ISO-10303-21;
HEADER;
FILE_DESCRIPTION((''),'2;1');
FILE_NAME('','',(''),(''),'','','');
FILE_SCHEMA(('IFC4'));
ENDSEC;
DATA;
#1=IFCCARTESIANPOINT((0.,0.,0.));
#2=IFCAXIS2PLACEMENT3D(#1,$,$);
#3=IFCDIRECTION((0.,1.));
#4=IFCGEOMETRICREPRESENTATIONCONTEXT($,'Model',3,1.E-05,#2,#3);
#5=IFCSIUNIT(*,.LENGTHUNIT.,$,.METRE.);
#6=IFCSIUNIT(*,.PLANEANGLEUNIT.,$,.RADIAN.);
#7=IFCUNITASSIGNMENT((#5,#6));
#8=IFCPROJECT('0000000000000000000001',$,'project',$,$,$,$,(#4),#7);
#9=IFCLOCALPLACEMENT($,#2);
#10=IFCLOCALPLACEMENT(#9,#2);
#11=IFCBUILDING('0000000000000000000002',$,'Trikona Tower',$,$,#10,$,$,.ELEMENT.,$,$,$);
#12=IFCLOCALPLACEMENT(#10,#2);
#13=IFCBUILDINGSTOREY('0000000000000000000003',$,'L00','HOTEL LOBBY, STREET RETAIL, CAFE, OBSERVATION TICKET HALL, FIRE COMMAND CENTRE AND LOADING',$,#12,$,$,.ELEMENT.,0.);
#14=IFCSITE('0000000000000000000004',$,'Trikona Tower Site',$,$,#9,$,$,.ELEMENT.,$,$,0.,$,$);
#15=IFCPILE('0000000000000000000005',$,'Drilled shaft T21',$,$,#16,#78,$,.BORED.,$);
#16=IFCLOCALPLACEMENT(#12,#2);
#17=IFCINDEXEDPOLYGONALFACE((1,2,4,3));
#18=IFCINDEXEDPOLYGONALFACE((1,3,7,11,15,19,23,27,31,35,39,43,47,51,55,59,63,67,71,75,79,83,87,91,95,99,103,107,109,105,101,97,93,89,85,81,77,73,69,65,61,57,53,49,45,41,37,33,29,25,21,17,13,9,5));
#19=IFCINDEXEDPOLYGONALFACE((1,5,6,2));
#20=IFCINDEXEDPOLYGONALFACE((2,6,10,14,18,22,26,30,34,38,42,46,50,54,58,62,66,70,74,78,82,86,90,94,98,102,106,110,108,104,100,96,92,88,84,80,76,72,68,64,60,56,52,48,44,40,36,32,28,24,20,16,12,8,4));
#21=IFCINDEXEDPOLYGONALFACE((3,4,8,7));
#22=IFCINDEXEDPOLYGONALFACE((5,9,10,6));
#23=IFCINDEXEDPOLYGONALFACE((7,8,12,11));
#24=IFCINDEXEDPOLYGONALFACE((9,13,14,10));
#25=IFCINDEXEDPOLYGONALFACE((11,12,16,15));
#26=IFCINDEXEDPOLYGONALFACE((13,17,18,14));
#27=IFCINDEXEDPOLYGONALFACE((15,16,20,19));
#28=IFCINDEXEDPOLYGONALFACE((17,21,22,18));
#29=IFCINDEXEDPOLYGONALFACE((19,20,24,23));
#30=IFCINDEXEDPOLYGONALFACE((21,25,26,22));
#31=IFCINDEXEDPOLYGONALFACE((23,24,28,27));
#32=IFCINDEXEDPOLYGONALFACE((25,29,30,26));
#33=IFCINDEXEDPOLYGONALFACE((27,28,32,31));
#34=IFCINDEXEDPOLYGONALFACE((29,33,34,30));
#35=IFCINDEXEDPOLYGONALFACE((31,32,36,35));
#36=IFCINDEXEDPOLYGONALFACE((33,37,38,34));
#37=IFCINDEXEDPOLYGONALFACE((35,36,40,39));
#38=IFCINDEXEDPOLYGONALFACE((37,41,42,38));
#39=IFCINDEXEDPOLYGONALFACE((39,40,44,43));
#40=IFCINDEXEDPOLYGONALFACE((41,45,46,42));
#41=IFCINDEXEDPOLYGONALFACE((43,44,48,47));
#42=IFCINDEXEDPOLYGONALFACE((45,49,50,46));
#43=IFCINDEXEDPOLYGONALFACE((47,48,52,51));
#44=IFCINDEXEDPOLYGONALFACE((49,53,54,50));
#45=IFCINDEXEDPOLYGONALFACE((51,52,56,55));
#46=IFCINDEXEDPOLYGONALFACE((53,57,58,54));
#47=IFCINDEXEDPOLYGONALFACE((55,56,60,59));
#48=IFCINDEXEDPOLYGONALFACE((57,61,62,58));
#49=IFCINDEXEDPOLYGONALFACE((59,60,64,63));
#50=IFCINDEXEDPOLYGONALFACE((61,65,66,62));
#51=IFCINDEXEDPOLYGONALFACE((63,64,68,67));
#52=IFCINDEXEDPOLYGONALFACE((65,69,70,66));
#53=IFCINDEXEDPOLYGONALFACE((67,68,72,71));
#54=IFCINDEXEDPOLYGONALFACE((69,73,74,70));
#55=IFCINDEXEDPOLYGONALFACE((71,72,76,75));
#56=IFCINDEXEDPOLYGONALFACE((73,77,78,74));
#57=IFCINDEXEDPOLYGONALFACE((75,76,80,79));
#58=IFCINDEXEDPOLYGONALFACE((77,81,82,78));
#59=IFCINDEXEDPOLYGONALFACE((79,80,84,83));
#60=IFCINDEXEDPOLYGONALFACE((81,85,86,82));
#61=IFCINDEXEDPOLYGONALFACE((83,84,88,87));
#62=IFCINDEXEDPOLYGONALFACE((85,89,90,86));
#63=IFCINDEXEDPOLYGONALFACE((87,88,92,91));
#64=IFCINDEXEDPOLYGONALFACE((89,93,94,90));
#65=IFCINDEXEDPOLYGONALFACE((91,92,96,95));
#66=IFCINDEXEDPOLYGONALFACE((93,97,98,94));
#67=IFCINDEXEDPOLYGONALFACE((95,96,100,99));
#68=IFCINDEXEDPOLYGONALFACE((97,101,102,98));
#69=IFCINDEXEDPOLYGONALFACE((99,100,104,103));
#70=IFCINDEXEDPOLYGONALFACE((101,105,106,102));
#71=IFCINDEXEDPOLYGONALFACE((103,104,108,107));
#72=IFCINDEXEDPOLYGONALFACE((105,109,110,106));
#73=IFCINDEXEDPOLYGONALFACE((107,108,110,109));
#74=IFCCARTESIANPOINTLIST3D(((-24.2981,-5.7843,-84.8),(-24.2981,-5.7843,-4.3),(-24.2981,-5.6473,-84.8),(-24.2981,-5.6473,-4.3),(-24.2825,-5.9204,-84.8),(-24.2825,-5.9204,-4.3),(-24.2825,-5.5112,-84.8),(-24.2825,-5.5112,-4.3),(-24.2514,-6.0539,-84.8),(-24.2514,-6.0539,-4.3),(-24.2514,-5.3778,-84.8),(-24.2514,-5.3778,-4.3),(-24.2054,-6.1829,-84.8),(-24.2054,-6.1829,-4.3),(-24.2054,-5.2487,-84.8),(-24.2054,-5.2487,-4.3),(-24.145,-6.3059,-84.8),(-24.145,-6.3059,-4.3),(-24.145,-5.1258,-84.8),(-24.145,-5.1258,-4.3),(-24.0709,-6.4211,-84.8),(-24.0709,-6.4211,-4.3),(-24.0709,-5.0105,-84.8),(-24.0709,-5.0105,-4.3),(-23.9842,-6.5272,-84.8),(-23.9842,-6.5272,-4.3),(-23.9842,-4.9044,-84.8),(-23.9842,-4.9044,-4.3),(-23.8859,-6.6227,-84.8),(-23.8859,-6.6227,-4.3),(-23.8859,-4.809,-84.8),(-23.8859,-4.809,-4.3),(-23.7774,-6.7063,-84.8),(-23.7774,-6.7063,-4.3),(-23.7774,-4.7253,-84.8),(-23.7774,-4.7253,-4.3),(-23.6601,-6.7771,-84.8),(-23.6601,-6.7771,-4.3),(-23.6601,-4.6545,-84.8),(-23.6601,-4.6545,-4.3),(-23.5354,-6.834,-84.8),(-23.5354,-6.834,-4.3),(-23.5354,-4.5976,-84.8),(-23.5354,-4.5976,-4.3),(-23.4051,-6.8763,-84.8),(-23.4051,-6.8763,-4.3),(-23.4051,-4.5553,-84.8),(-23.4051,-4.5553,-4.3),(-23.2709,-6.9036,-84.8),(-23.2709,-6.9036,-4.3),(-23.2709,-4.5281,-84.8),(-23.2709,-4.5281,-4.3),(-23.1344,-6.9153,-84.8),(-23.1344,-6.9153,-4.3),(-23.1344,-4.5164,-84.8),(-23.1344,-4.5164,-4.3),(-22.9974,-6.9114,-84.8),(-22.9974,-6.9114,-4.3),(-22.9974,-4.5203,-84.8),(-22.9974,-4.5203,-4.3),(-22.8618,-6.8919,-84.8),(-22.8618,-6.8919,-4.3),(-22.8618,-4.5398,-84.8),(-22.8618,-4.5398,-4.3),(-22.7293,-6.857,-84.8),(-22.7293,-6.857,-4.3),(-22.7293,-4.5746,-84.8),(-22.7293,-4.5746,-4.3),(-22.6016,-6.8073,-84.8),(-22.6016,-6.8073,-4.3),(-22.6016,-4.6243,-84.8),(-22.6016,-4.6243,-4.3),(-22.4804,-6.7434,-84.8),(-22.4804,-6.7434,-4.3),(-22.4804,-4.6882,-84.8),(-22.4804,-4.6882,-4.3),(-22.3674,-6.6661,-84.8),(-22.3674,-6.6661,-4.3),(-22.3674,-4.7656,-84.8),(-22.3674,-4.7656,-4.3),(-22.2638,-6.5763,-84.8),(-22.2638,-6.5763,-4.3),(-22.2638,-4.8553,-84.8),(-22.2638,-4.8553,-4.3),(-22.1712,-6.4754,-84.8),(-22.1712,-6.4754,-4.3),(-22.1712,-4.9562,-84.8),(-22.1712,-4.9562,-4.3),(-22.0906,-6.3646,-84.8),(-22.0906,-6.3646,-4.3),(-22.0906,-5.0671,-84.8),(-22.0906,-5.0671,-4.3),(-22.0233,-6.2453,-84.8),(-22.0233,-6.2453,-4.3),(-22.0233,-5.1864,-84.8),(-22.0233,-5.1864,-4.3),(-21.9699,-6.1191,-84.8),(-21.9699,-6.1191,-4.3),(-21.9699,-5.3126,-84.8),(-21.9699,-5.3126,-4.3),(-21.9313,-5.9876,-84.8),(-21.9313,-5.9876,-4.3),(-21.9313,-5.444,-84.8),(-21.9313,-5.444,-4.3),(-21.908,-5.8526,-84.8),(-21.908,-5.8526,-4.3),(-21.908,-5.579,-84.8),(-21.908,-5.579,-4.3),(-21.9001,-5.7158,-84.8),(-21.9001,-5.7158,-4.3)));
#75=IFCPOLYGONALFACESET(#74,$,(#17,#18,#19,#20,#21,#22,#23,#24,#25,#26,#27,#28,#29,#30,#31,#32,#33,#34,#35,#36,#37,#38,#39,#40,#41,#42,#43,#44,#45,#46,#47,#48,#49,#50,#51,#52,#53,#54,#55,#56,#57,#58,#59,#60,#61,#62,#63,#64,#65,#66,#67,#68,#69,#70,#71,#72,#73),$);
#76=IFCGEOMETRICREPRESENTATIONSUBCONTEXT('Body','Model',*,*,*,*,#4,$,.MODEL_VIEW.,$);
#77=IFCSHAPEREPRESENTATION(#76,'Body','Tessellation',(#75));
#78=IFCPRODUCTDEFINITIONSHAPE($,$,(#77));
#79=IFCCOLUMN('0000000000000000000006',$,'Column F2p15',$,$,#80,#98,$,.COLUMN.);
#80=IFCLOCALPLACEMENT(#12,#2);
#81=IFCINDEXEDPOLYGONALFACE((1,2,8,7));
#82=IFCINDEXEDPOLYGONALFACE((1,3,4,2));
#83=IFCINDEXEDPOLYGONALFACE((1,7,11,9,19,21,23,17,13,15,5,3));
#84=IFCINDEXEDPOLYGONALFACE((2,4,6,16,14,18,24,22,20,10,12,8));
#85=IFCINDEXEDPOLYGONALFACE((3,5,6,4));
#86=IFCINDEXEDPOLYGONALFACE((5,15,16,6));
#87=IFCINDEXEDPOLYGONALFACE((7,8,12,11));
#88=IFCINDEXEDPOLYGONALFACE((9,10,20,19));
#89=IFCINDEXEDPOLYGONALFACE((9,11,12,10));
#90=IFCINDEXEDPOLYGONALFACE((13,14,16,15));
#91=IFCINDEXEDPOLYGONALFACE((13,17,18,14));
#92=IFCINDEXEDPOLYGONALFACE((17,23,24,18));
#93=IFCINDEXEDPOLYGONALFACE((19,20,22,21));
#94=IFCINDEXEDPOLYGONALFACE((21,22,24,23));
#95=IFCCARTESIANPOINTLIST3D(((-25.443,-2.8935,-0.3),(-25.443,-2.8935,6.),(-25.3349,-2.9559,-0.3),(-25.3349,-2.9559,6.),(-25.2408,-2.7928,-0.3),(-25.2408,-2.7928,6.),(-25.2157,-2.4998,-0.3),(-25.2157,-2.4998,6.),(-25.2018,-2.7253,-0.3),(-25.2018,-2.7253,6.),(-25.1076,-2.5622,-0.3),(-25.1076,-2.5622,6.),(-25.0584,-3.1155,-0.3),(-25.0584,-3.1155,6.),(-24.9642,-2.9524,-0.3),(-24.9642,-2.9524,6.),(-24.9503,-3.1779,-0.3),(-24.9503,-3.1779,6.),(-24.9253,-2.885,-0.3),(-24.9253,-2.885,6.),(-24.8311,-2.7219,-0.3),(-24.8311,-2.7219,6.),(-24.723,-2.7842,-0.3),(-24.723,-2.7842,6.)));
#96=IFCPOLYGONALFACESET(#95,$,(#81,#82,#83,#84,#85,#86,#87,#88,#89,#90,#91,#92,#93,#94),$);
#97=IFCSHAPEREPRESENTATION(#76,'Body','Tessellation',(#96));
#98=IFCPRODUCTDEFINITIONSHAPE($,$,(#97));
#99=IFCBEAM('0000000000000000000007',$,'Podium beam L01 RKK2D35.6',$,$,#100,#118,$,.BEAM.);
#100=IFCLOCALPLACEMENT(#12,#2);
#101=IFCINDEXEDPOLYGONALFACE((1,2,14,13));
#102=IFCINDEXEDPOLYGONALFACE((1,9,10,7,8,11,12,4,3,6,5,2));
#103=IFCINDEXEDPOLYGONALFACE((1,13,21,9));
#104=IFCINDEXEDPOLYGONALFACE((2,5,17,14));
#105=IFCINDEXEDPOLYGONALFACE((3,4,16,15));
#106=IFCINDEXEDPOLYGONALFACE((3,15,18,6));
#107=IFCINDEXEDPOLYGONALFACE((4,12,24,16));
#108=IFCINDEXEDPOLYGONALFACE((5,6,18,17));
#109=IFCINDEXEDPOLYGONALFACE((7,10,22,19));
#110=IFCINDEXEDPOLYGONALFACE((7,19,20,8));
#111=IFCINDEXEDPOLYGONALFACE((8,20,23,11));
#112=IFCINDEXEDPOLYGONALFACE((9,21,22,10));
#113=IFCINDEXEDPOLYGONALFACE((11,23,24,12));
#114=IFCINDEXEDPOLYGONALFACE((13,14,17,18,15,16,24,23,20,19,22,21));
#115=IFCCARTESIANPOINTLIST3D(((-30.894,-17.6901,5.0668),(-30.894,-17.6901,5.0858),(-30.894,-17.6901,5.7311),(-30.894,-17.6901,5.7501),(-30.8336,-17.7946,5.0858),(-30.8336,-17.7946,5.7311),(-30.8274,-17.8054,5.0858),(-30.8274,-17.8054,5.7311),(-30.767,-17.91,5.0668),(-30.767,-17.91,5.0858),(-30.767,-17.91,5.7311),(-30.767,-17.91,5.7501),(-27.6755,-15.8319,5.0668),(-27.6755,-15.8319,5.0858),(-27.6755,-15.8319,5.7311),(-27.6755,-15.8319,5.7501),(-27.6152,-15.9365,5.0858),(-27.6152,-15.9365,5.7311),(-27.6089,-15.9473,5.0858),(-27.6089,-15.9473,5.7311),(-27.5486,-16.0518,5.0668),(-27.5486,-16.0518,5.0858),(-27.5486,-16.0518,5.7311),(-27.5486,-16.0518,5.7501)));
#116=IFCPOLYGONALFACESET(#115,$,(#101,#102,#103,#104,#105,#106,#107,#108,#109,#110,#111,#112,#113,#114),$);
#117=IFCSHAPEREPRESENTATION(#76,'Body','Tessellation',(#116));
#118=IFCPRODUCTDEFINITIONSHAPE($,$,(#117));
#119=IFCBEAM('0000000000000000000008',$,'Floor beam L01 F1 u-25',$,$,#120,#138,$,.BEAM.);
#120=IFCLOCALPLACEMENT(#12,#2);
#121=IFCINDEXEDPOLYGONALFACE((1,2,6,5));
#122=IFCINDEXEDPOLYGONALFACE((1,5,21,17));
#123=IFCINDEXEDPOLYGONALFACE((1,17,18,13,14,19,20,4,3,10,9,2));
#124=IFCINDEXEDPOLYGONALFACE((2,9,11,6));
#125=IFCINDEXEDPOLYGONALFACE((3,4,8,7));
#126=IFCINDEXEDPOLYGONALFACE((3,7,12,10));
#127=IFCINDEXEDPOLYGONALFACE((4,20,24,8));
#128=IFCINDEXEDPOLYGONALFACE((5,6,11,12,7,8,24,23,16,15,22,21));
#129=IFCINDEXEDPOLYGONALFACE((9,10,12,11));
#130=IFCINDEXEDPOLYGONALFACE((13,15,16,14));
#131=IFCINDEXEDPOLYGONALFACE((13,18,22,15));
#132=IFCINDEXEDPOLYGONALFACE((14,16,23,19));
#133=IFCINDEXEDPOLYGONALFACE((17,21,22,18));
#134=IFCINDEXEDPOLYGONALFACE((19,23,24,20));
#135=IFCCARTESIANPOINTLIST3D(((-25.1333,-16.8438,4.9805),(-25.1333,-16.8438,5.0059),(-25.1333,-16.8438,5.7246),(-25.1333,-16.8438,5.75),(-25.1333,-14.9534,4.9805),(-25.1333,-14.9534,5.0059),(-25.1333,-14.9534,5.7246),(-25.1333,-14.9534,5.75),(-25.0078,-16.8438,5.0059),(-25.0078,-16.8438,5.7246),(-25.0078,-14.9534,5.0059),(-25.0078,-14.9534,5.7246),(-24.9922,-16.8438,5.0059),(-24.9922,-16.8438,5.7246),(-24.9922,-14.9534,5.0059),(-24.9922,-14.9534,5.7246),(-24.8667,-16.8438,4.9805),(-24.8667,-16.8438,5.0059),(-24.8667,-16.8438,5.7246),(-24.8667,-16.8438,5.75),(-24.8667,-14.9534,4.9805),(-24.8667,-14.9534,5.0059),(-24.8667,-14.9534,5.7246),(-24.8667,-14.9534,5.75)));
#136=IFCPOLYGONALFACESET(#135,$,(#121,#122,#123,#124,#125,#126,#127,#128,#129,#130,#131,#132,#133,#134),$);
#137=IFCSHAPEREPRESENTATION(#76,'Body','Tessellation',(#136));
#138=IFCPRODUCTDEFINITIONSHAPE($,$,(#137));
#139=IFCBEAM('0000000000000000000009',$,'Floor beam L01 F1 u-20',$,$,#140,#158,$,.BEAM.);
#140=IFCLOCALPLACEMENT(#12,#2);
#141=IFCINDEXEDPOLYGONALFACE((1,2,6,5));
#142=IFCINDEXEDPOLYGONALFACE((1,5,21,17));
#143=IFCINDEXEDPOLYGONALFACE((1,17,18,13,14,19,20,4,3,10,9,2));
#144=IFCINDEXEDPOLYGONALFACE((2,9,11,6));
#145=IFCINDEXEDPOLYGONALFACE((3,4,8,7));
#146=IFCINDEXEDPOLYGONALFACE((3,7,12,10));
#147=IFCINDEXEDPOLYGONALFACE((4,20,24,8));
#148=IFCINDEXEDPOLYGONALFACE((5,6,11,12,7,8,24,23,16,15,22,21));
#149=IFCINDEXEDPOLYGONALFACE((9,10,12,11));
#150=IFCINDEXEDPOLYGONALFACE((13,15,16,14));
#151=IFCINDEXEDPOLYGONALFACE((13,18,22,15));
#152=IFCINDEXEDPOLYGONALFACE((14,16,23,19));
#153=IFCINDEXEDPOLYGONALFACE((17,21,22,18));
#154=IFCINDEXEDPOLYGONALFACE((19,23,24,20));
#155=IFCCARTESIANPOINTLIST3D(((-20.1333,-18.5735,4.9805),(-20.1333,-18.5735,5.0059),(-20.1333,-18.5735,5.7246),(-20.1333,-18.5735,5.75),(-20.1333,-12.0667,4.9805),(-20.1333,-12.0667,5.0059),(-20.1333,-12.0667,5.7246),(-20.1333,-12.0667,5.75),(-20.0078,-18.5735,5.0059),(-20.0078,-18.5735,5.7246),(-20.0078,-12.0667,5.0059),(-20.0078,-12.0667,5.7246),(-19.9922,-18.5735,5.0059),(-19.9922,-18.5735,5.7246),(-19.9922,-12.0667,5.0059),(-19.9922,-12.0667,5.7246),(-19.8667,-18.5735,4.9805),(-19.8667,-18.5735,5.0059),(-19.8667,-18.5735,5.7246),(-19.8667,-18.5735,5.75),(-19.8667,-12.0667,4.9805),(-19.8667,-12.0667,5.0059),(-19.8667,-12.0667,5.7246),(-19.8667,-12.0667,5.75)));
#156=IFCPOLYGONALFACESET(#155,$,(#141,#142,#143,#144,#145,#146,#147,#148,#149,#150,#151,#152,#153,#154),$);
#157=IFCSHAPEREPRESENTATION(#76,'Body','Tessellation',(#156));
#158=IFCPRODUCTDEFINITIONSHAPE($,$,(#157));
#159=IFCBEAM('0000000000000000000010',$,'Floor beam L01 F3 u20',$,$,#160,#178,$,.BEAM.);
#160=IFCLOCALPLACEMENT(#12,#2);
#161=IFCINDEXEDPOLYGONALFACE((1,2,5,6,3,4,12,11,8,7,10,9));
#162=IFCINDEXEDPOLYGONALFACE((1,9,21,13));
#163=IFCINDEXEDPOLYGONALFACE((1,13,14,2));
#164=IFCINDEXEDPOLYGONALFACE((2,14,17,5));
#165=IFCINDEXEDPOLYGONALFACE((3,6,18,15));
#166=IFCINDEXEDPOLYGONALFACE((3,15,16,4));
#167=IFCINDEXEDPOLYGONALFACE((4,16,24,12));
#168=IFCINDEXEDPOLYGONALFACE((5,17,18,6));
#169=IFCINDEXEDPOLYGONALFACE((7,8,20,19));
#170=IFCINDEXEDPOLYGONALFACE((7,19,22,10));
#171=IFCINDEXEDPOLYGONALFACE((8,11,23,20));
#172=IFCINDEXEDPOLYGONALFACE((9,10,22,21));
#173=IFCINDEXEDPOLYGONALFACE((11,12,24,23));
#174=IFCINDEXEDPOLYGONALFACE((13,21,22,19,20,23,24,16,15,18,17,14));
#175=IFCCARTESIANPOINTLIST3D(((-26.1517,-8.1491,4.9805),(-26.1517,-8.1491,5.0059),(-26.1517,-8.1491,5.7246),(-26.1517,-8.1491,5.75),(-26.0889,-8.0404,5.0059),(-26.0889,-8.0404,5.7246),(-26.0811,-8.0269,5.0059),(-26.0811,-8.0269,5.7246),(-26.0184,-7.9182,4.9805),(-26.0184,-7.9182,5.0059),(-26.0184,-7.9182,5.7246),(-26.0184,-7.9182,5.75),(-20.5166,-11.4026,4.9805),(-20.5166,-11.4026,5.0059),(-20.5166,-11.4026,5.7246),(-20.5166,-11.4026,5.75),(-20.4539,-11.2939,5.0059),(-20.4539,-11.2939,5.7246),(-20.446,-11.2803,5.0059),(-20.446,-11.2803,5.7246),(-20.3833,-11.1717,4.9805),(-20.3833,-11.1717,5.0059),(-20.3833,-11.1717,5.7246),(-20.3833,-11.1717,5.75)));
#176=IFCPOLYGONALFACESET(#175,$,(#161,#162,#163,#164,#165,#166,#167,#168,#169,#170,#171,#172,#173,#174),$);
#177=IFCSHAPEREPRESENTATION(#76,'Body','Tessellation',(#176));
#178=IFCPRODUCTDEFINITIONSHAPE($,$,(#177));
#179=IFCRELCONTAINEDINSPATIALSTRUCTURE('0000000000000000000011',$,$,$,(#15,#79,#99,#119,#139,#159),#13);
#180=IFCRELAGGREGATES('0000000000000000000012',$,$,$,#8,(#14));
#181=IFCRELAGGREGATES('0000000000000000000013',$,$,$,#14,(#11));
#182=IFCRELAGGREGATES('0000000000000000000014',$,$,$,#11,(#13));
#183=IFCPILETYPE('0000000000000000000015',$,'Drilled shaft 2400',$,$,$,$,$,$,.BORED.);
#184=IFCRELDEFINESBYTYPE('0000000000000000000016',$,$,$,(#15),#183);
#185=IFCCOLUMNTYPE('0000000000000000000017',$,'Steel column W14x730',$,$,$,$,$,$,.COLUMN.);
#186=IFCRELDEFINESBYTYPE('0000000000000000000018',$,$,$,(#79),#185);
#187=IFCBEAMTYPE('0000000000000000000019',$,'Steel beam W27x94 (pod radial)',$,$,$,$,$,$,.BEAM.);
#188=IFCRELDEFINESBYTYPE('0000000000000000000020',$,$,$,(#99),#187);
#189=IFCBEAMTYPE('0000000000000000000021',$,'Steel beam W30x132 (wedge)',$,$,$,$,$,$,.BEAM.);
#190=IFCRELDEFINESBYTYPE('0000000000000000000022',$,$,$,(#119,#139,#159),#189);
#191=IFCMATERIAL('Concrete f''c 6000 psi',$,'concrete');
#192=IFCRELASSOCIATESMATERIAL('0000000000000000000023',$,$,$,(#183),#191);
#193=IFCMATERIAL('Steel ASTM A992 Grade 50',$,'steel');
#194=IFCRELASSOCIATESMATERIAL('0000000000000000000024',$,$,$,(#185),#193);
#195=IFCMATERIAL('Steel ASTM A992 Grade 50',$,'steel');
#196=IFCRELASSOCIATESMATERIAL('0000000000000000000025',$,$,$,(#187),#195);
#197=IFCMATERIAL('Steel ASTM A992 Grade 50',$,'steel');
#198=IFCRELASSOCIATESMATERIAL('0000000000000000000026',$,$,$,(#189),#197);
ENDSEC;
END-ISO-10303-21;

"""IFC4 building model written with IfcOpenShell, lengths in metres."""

from ifc_helpers import new_model, si_unit, direction, frame, origin, origin_2d, place, context, subcontext, project, spatial, circle, i_section, extrude, material, material_profile, profile_set, type_object, element, save


model = new_model("IFC4")

# Units and contexts
model_context = context("Model", 3, precision=1e-05, world=origin(), true_north=direction((0.0, 1.0)))
body_context = subcontext(model_context, "Body", "Model", "MODEL_VIEW")
ifc_project = project(units=[si_unit("LENGTHUNIT", "METRE"), si_unit("PLANEANGLEUNIT", "RADIAN")], contexts=[model_context])

# Site, building, storey
site_placement = place(None, origin())
site = spatial("IfcSite", under=ifc_project, at=site_placement, Name="Trikona Tower Site", CompositionType="ELEMENT", RefElevation=0.0)
building_placement = place(site_placement, origin())
building = spatial("IfcBuilding", under=site, at=building_placement, Name="Trikona Tower", CompositionType="ELEMENT")
storey_placement = place(building_placement, origin())
storey = spatial("IfcBuildingStorey", under=building, at=storey_placement, Name="L00", Description="HOTEL LOBBY, STREET RETAIL, CAFE, OBSERVATION TICKET HALL, FIRE COMMAND CENTRE AND LOADING", CompositionType="ELEMENT", Elevation=0.0)

# Pile
ifc_material_1 = material(Name="Concrete f'c 6000 psi", Category="concrete")
pile_type = type_object("IfcPileType", Name="Drilled shaft 2400", PredefinedType="BORED", material=ifc_material_1)
for number, where, z_axis, x_axis, name in (
    (1, (-23.1001, -5.7158, -4.3), (0.0, 0.0, -1.0), (1.0, 0.0, 0.0), "Drilled shaft T21"),
):
    element("IfcPile", number, at=place(storey_placement, frame(where, z_axis=z_axis, x_axis=x_axis)), inside=storey, type_object=pile_type, Name=name, PredefinedType="BORED", context=body_context, shape_type="SweptSolid", body=[
        extrude(circle(Radius=1.2, at=origin_2d()), origin(), (0.0, 0.0, 1.0), 80.5),
    ])

# Column
ifc_material_2 = material(Name="Steel ASTM A992 Grade 50", Category="steel")
ifc_material_profile_1 = material_profile(ifc_material_2, i_section(OverallWidth=0.4546, OverallDepth=0.5688, WebThickness=0.0779, FlangeThickness=0.1248, at=origin_2d()), Name="W14X730")
ifc_profile_set_1 = profile_set([ifc_material_profile_1], Name="Steel ASTM A992 Grade 50")
column_type = type_object("IfcColumnType", Name="Steel column W14x730", PredefinedType="COLUMN", material=ifc_profile_set_1)
column_placement = place(storey_placement, frame((-25.083, -2.8389, -0.3), z_axis=(0.0, 0.0, 1.0), x_axis=(-0.5, -0.866025, 0.0)))
element("IfcColumn", 2, at=column_placement, inside=storey, type_object=column_type, Name="Column F2p15", PredefinedType="COLUMN", context=body_context, shape_type="SweptSolid", body=[
    extrude(i_section(OverallWidth=0.4546, OverallDepth=0.5688, WebThickness=0.0779, FlangeThickness=0.1248, at=origin_2d()), origin(), (0.0, 0.0, 1.0), 6.3),
])

# Beams
ifc_material_3 = material(Name="Steel ASTM A992 Grade 50", Category="steel")
ifc_material_profile_2 = material_profile(ifc_material_3, i_section(OverallWidth=0.2539, OverallDepth=0.6833, WebThickness=0.0125, FlangeThickness=0.019, at=origin_2d()), Name="W27X94")
ifc_profile_set_2 = profile_set([ifc_material_profile_2], Name="Steel ASTM A992 Grade 50")
beam_type_1 = type_object("IfcBeamType", Name="Steel beam W27x94 (pod radial)", PredefinedType="BEAM", material=ifc_profile_set_2)
beam_1_placement = place(storey_placement, frame((-27.6121, -15.9419, 5.4084), z_axis=(-0.866031, -0.49999, 0.0), x_axis=(0.49999, -0.866031, 0.0)))
element("IfcBeam", 3, at=beam_1_placement, inside=storey, type_object=beam_type_1, Name="Podium beam L01 RKK2D35.6", PredefinedType="BEAM", context=body_context, shape_type="SweptSolid", body=[
    extrude(i_section(OverallWidth=0.2539, OverallDepth=0.6833, WebThickness=0.0125, FlangeThickness=0.019, at=origin_2d()), origin(), (0.0, 0.0, 1.0), 3.7163),
])
ifc_material_4 = material(Name="Steel ASTM A992 Grade 50", Category="steel")
ifc_material_profile_3 = material_profile(ifc_material_4, i_section(OverallWidth=0.2666, OverallDepth=0.7695, WebThickness=0.0156, FlangeThickness=0.0254, at=origin_2d()), Name="W30X132")
ifc_profile_set_3 = profile_set([ifc_material_profile_3], Name="Steel ASTM A992 Grade 50")
beam_type_2 = type_object("IfcBeamType", Name="Steel beam W30x132 (wedge)", PredefinedType="BEAM", material=ifc_profile_set_3)
beam_2_placement = place(storey_placement, frame((-25.0, -14.9534, 5.3652), z_axis=(0.0, -1.0, 0.0), x_axis=(1.0, 0.0, 0.0)))
element("IfcBeam", 4, at=beam_2_placement, inside=storey, type_object=beam_type_2, Name="Floor beam L01 F1 u-25", PredefinedType="BEAM", context=body_context, shape_type="SweptSolid", body=[
    extrude(i_section(OverallWidth=0.2666, OverallDepth=0.7695, WebThickness=0.0156, FlangeThickness=0.0254, at=origin_2d()), origin(), (0.0, 0.0, 1.0), 1.8904),
])
for number, where, z_axis, x_axis, name in (
    (5, (-20.0, -12.0667, 5.3652), (0.0, -1.0, 0.0), (1.0, 0.0, 0.0), "Floor beam L01 F1 u-20"),
    (6, (-20.45, -11.2871, 5.3652), (-0.866023, 0.500005, 0.0), (-0.500005, -0.866023, 0.0), "Floor beam L01 F3 u20"),
):
    element("IfcBeam", number, at=place(storey_placement, frame(where, z_axis=z_axis, x_axis=x_axis)), inside=storey, type_object=beam_type_2, Name=name, PredefinedType="BEAM", context=body_context, shape_type="SweptSolid", body=[
        extrude(i_section(OverallWidth=0.2666, OverallDepth=0.7695, WebThickness=0.0156, FlangeThickness=0.0254, at=origin_2d()), origin(), (0.0, 0.0, 1.0), 6.5068),
    ])

save(model, "model.ifc")
